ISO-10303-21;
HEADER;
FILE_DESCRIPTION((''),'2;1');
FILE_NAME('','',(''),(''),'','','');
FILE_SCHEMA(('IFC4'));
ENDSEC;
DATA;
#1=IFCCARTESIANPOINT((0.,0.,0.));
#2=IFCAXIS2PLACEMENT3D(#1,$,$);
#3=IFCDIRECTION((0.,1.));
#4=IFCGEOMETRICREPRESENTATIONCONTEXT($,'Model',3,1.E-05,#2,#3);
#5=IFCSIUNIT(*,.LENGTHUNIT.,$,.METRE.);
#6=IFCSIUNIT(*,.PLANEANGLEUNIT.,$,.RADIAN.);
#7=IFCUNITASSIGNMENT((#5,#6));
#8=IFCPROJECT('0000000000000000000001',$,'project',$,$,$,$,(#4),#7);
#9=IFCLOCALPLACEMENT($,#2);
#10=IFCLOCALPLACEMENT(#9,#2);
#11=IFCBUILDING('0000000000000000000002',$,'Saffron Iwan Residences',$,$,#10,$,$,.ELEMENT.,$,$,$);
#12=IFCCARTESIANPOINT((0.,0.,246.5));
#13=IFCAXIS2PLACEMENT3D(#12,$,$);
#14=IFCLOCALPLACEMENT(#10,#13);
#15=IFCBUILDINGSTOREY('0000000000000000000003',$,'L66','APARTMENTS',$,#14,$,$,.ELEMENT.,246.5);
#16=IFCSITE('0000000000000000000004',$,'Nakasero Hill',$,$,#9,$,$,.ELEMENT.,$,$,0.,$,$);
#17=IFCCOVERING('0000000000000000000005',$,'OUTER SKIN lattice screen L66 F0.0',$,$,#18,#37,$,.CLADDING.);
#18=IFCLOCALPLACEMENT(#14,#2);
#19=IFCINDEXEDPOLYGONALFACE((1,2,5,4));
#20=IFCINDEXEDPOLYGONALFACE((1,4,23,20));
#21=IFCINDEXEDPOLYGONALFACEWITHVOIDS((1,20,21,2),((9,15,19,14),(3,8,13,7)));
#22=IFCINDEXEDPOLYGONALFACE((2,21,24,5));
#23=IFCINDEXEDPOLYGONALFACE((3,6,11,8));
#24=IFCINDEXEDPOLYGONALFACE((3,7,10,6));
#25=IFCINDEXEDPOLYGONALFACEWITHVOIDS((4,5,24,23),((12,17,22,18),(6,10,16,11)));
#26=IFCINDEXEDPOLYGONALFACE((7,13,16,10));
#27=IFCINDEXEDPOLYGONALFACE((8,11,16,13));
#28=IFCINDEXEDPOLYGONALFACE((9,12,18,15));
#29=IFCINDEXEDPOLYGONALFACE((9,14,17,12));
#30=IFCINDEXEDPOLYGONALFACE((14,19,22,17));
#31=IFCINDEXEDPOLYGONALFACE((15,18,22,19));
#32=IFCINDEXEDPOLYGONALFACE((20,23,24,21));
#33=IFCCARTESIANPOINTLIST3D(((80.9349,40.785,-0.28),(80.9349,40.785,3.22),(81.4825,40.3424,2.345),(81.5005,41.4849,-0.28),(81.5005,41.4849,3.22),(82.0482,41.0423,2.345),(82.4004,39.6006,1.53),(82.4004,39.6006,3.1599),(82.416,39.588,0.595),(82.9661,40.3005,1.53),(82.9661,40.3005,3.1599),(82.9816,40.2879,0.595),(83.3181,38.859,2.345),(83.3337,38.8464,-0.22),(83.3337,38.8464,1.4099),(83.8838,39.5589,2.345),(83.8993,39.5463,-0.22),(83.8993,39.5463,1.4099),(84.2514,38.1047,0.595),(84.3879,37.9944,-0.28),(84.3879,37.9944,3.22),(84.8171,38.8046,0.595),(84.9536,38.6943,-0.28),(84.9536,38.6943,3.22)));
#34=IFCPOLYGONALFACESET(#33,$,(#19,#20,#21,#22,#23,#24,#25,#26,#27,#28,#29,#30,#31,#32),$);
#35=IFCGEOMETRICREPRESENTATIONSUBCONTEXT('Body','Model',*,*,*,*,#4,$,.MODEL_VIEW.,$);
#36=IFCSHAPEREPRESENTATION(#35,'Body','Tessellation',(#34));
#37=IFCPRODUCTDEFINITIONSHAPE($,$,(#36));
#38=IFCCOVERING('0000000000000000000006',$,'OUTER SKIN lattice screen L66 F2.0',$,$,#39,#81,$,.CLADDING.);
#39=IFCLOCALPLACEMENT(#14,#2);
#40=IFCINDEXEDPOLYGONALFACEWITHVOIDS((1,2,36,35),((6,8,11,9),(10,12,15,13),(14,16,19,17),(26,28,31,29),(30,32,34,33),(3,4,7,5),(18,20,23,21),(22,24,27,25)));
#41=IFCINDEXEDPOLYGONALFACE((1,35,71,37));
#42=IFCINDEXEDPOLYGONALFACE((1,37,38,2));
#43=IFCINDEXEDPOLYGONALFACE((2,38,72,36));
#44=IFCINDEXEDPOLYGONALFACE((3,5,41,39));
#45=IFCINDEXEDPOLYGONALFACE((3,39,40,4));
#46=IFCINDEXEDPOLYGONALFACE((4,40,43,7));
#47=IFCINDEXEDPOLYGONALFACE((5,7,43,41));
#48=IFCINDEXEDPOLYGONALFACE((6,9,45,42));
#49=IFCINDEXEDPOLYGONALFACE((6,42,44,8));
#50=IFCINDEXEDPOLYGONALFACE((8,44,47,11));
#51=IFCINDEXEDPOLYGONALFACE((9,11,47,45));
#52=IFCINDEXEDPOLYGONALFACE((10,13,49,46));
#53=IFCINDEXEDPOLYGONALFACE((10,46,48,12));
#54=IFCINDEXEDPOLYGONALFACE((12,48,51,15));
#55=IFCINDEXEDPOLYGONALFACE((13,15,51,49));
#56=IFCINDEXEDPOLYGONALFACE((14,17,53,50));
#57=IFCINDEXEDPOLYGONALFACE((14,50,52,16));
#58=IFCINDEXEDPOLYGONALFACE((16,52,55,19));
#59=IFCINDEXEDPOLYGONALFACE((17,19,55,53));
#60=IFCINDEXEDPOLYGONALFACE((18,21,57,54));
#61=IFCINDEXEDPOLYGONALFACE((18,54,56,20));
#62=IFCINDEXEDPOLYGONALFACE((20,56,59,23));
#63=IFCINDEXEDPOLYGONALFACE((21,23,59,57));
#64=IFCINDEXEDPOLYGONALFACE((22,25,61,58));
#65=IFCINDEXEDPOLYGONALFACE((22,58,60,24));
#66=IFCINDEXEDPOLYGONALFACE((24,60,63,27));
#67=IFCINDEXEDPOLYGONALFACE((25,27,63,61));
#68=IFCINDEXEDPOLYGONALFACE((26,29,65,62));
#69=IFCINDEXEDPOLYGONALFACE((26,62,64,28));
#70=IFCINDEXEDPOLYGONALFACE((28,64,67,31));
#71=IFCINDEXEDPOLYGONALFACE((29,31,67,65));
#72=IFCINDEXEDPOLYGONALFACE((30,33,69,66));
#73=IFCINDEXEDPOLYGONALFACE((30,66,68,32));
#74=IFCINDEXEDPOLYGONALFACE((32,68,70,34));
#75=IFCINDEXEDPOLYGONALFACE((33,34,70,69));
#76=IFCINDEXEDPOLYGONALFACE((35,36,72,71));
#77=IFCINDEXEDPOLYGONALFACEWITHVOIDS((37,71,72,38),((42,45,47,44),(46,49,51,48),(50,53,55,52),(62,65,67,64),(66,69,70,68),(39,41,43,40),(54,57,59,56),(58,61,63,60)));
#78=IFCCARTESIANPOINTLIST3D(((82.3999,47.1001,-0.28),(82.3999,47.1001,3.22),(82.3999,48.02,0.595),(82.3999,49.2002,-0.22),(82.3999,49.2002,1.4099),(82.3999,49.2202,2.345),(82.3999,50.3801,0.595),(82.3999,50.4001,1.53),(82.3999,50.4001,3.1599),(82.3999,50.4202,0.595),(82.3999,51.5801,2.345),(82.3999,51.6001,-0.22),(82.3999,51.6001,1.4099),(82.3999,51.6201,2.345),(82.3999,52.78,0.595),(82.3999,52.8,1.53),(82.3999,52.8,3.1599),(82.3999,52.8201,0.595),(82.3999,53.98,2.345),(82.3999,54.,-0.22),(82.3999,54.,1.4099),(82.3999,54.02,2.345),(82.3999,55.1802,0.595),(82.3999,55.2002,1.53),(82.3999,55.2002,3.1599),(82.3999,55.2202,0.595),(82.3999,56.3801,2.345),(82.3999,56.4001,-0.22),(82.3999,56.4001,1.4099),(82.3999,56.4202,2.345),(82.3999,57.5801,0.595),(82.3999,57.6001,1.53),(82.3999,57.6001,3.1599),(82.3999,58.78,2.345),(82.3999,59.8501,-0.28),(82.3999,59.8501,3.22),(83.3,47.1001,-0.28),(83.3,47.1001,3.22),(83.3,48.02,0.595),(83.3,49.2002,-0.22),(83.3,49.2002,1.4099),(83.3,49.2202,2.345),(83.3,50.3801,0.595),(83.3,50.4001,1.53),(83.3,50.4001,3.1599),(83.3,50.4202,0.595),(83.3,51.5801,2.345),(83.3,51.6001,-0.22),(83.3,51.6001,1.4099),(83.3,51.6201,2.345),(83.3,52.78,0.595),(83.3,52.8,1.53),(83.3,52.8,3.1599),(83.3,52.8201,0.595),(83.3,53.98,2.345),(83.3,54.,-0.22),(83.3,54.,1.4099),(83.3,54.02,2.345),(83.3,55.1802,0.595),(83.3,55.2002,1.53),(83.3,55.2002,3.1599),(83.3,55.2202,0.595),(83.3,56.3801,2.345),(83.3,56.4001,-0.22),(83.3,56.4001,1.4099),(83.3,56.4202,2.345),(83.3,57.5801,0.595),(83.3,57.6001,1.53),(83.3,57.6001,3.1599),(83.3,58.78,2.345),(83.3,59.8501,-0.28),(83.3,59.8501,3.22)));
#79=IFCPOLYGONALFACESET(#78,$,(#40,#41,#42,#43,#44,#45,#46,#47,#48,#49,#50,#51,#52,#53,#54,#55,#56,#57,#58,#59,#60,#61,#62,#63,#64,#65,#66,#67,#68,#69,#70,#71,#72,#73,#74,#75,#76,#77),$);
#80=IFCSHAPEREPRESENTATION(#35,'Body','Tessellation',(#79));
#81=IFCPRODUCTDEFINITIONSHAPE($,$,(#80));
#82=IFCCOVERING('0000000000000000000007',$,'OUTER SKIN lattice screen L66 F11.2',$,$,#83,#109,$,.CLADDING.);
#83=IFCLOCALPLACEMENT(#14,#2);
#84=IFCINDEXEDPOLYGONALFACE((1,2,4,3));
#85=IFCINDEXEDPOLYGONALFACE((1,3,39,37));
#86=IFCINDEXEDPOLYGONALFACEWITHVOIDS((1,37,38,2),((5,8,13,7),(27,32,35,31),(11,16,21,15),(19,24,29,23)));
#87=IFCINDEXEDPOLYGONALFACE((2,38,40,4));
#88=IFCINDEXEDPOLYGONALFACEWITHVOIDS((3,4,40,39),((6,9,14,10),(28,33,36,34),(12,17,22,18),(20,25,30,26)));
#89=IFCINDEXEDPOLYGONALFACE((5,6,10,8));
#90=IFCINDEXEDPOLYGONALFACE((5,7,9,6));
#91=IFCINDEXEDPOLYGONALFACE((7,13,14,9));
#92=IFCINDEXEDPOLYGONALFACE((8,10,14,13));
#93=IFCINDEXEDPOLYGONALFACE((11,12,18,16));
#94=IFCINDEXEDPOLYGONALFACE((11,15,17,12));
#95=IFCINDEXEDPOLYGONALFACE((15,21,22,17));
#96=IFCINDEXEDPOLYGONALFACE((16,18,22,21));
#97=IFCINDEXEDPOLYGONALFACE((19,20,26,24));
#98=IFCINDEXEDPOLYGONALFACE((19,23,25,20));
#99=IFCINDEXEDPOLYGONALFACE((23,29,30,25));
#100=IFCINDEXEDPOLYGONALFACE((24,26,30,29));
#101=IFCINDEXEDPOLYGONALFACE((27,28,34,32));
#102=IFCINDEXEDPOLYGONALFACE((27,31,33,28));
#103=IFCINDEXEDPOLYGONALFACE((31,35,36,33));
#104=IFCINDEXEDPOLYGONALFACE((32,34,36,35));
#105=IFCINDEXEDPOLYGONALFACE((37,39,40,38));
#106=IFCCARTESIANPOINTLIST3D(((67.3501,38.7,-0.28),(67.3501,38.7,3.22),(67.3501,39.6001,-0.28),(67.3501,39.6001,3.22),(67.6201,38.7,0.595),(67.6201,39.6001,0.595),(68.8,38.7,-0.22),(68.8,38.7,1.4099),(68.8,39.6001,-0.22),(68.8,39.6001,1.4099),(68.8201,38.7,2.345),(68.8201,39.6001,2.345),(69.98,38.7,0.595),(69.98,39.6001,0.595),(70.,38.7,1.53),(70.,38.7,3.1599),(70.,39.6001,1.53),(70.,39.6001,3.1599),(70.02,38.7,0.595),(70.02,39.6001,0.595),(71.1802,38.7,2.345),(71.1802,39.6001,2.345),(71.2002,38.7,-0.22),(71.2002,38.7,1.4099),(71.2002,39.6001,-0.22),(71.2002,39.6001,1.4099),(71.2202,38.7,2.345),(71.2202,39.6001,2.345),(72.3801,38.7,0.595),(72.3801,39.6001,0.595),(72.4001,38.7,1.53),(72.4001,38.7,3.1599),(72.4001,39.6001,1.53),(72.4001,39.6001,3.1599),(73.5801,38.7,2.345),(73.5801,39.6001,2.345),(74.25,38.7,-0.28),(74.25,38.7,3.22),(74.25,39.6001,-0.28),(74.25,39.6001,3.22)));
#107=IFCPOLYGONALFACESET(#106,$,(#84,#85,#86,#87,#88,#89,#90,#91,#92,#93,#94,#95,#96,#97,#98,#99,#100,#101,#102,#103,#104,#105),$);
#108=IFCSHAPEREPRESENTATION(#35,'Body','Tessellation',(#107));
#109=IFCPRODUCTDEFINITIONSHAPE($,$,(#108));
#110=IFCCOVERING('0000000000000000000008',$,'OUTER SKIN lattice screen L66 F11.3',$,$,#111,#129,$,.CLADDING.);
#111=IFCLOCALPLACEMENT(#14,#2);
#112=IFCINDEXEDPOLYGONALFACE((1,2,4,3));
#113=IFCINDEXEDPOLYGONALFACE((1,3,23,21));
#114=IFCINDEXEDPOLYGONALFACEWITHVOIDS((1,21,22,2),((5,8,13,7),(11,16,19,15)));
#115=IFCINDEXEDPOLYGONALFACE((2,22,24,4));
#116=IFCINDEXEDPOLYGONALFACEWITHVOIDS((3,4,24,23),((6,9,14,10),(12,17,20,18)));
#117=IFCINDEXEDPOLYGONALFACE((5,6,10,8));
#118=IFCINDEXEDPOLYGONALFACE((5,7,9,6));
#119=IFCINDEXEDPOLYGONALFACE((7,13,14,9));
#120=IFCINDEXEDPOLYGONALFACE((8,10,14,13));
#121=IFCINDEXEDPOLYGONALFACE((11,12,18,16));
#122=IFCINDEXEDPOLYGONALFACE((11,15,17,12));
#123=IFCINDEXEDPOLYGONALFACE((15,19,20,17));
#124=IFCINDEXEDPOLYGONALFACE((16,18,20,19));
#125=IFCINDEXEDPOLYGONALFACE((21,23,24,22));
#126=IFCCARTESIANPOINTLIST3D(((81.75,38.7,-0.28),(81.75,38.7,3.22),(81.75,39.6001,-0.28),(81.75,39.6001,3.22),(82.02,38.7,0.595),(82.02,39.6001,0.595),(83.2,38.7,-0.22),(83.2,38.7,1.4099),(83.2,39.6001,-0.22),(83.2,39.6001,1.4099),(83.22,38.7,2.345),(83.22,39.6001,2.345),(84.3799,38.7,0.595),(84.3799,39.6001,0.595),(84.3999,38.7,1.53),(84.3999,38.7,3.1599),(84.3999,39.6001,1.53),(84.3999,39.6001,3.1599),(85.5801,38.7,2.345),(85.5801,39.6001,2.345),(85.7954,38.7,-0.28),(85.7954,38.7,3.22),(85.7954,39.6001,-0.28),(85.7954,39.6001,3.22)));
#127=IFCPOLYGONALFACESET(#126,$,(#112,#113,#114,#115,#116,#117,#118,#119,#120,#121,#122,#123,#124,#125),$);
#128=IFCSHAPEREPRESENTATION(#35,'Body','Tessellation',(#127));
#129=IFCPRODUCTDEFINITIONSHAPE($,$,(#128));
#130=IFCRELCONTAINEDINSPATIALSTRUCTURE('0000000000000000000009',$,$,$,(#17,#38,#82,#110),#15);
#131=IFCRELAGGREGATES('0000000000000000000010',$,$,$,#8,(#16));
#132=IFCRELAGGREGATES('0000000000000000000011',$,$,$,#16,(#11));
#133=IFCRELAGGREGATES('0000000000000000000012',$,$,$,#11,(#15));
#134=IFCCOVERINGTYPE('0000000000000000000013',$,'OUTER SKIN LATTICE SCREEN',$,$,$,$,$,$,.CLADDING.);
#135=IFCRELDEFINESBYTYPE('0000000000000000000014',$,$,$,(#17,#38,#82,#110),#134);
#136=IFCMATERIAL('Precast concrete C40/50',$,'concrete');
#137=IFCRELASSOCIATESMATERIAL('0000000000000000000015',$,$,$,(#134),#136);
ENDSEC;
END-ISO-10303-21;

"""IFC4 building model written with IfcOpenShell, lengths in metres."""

from ifc_helpers import new_model, si_unit, direction, frame, origin, place, context, subcontext, project, spatial, polyline, outline, extrude, material, type_object, element, save


model = new_model("IFC4")

# Units and contexts
model_context = context("Model", 3, precision=1e-05, world=origin(), true_north=direction((0.0, 1.0)))
body_context = subcontext(model_context, "Body", "Model", "MODEL_VIEW")
ifc_project = project(units=[si_unit("LENGTHUNIT", "METRE"), si_unit("PLANEANGLEUNIT", "RADIAN")], contexts=[model_context])

# Site, building, storey
site_placement = place(None, origin())
site = spatial("IfcSite", under=ifc_project, at=site_placement, Name="Nakasero Hill", CompositionType="ELEMENT", RefElevation=0.0)
building_placement = place(site_placement, origin())
building = spatial("IfcBuilding", under=site, at=building_placement, Name="Saffron Iwan Residences", CompositionType="ELEMENT")
storey_placement = place(building_placement, frame((0.0, 0.0, 246.5)))
storey = spatial("IfcBuildingStorey", under=building, at=storey_placement, Name="L66", Description="APARTMENTS", CompositionType="ELEMENT", Elevation=246.5)

# Coverings
ifc_material_1 = material(Name="Precast concrete C40/50", Category="concrete")
covering_type = type_object("IfcCoveringType", Name="OUTER SKIN LATTICE SCREEN", PredefinedType="CLADDING", material=ifc_material_1)
covering_1_placement = place(storey_placement, frame((84.3879, 37.9944, -0.28), z_axis=(0.628558, 0.777763, 0.0), x_axis=(-0.777763, 0.628558, 0.0)))
element("IfcCovering", 1, at=covering_1_placement, inside=storey, type_object=covering_type, Name="OUTER SKIN lattice screen L66 F0.0", PredefinedType="CLADDING", context=body_context, shape_type="SweptSolid", body=[
    extrude(outline(polyline([(0.0, 0.0), (4.4397, 0.0), (4.4397, 3.5), (0.0, 3.5), (0.0, 0.0)]), holes=[polyline([(0.1755, 0.875), (1.3555, 0.0601), (2.5354, 0.875), (1.3555, 1.6899), (0.1755, 0.875)]), polyline([(1.3755, 2.625), (2.5554, 1.8101), (3.7356, 2.625), (2.5554, 3.4399), (1.3755, 2.625)])]), origin(), (0.0, 0.0, 1.0), 0.8999),
])
covering_2_placement = place(storey_placement, frame((82.3999, 47.1001, -0.28), z_axis=(1.0, 0.0, 0.0), x_axis=(0.0, 1.0, 0.0)))
element("IfcCovering", 2, at=covering_2_placement, inside=storey, type_object=covering_type, Name="OUTER SKIN lattice screen L66 F2.0", PredefinedType="CLADDING", context=body_context, shape_type="SweptSolid", body=[
    extrude(outline(polyline([(0.0, 0.0), (12.75, 0.0), (12.75, 3.5), (0.0, 3.5), (0.0, 0.0)]), holes=[polyline([(0.9199, 0.875), (2.1001, 0.0601), (3.28, 0.875), (2.1001, 1.6899), (0.9199, 0.875)]), polyline([(3.3201, 0.875), (4.5, 0.0601), (5.6799, 0.875), (4.5, 1.6899), (3.3201, 0.875)]), polyline([(5.72, 0.875), (6.8999, 0.0601), (8.0801, 0.875), (6.8999, 1.6899), (5.72, 0.875)]), polyline([(8.1201, 0.875), (9.3, 0.0601), (10.48, 0.875), (9.3, 1.6899), (8.1201, 0.875)]), polyline([(2.1201, 2.625), (3.3, 1.8101), (4.48, 2.625), (3.3, 3.4399), (2.1201, 2.625)]), polyline([(4.52, 2.625), (5.7, 1.8101), (6.8799, 2.625), (5.7, 3.4399), (4.52, 2.625)]), polyline([(6.9199, 2.625), (8.1001, 1.8101), (9.28, 2.625), (8.1001, 3.4399), (6.9199, 2.625)]), polyline([(9.3201, 2.625), (10.5, 1.8101), (11.6799, 2.625), (10.5, 3.4399), (9.3201, 2.625)])]), origin(), (0.0, 0.0, 1.0), 0.9001),
])
covering_3_placement = place(storey_placement, frame((67.3501, 39.6001, -0.28), z_axis=(0.0, -1.0, 0.0), x_axis=(1.0, 0.0, 0.0)))
element("IfcCovering", 3, at=covering_3_placement, inside=storey, type_object=covering_type, Name="OUTER SKIN lattice screen L66 F11.2", PredefinedType="CLADDING", context=body_context, shape_type="SweptSolid", body=[
    extrude(outline(polyline([(0.0, 0.0), (6.8999, 0.0), (6.8999, 3.5), (0.0, 3.5), (0.0, 0.0)]), holes=[polyline([(0.27, 0.875), (1.45, 0.0601), (2.6299, 0.875), (1.45, 1.6899), (0.27, 0.875)]), polyline([(2.6699, 0.875), (3.8501, 0.0601), (5.03, 0.875), (3.8501, 1.6899), (2.6699, 0.875)]), polyline([(1.47, 2.625), (2.6499, 1.8101), (3.8301, 2.625), (2.6499, 3.4399), (1.47, 2.625)]), polyline([(3.8701, 2.625), (5.05, 1.8101), (6.23, 2.625), (5.05, 3.4399), (3.8701, 2.625)])]), origin(), (0.0, 0.0, 1.0), 0.9001),
])
covering_4_placement = place(storey_placement, frame((81.75, 39.6001, -0.28), z_axis=(0.0, -1.0, 0.0), x_axis=(1.0, 0.0, 0.0)))
element("IfcCovering", 4, at=covering_4_placement, inside=storey, type_object=covering_type, Name="OUTER SKIN lattice screen L66 F11.3", PredefinedType="CLADDING", context=body_context, shape_type="SweptSolid", body=[
    extrude(outline(polyline([(0.0, 0.0), (4.0454, 0.0), (4.0454, 3.5), (0.0, 3.5), (0.0, 0.0)]), holes=[polyline([(0.27, 0.875), (1.45, 0.0601), (2.6299, 0.875), (1.45, 1.6899), (0.27, 0.875)]), polyline([(1.47, 2.625), (2.6499, 1.8101), (3.8301, 2.625), (2.6499, 3.4399), (1.47, 2.625)])]), origin(), (0.0, 0.0, 1.0), 0.9001),
])

save(model, "model.ifc")
